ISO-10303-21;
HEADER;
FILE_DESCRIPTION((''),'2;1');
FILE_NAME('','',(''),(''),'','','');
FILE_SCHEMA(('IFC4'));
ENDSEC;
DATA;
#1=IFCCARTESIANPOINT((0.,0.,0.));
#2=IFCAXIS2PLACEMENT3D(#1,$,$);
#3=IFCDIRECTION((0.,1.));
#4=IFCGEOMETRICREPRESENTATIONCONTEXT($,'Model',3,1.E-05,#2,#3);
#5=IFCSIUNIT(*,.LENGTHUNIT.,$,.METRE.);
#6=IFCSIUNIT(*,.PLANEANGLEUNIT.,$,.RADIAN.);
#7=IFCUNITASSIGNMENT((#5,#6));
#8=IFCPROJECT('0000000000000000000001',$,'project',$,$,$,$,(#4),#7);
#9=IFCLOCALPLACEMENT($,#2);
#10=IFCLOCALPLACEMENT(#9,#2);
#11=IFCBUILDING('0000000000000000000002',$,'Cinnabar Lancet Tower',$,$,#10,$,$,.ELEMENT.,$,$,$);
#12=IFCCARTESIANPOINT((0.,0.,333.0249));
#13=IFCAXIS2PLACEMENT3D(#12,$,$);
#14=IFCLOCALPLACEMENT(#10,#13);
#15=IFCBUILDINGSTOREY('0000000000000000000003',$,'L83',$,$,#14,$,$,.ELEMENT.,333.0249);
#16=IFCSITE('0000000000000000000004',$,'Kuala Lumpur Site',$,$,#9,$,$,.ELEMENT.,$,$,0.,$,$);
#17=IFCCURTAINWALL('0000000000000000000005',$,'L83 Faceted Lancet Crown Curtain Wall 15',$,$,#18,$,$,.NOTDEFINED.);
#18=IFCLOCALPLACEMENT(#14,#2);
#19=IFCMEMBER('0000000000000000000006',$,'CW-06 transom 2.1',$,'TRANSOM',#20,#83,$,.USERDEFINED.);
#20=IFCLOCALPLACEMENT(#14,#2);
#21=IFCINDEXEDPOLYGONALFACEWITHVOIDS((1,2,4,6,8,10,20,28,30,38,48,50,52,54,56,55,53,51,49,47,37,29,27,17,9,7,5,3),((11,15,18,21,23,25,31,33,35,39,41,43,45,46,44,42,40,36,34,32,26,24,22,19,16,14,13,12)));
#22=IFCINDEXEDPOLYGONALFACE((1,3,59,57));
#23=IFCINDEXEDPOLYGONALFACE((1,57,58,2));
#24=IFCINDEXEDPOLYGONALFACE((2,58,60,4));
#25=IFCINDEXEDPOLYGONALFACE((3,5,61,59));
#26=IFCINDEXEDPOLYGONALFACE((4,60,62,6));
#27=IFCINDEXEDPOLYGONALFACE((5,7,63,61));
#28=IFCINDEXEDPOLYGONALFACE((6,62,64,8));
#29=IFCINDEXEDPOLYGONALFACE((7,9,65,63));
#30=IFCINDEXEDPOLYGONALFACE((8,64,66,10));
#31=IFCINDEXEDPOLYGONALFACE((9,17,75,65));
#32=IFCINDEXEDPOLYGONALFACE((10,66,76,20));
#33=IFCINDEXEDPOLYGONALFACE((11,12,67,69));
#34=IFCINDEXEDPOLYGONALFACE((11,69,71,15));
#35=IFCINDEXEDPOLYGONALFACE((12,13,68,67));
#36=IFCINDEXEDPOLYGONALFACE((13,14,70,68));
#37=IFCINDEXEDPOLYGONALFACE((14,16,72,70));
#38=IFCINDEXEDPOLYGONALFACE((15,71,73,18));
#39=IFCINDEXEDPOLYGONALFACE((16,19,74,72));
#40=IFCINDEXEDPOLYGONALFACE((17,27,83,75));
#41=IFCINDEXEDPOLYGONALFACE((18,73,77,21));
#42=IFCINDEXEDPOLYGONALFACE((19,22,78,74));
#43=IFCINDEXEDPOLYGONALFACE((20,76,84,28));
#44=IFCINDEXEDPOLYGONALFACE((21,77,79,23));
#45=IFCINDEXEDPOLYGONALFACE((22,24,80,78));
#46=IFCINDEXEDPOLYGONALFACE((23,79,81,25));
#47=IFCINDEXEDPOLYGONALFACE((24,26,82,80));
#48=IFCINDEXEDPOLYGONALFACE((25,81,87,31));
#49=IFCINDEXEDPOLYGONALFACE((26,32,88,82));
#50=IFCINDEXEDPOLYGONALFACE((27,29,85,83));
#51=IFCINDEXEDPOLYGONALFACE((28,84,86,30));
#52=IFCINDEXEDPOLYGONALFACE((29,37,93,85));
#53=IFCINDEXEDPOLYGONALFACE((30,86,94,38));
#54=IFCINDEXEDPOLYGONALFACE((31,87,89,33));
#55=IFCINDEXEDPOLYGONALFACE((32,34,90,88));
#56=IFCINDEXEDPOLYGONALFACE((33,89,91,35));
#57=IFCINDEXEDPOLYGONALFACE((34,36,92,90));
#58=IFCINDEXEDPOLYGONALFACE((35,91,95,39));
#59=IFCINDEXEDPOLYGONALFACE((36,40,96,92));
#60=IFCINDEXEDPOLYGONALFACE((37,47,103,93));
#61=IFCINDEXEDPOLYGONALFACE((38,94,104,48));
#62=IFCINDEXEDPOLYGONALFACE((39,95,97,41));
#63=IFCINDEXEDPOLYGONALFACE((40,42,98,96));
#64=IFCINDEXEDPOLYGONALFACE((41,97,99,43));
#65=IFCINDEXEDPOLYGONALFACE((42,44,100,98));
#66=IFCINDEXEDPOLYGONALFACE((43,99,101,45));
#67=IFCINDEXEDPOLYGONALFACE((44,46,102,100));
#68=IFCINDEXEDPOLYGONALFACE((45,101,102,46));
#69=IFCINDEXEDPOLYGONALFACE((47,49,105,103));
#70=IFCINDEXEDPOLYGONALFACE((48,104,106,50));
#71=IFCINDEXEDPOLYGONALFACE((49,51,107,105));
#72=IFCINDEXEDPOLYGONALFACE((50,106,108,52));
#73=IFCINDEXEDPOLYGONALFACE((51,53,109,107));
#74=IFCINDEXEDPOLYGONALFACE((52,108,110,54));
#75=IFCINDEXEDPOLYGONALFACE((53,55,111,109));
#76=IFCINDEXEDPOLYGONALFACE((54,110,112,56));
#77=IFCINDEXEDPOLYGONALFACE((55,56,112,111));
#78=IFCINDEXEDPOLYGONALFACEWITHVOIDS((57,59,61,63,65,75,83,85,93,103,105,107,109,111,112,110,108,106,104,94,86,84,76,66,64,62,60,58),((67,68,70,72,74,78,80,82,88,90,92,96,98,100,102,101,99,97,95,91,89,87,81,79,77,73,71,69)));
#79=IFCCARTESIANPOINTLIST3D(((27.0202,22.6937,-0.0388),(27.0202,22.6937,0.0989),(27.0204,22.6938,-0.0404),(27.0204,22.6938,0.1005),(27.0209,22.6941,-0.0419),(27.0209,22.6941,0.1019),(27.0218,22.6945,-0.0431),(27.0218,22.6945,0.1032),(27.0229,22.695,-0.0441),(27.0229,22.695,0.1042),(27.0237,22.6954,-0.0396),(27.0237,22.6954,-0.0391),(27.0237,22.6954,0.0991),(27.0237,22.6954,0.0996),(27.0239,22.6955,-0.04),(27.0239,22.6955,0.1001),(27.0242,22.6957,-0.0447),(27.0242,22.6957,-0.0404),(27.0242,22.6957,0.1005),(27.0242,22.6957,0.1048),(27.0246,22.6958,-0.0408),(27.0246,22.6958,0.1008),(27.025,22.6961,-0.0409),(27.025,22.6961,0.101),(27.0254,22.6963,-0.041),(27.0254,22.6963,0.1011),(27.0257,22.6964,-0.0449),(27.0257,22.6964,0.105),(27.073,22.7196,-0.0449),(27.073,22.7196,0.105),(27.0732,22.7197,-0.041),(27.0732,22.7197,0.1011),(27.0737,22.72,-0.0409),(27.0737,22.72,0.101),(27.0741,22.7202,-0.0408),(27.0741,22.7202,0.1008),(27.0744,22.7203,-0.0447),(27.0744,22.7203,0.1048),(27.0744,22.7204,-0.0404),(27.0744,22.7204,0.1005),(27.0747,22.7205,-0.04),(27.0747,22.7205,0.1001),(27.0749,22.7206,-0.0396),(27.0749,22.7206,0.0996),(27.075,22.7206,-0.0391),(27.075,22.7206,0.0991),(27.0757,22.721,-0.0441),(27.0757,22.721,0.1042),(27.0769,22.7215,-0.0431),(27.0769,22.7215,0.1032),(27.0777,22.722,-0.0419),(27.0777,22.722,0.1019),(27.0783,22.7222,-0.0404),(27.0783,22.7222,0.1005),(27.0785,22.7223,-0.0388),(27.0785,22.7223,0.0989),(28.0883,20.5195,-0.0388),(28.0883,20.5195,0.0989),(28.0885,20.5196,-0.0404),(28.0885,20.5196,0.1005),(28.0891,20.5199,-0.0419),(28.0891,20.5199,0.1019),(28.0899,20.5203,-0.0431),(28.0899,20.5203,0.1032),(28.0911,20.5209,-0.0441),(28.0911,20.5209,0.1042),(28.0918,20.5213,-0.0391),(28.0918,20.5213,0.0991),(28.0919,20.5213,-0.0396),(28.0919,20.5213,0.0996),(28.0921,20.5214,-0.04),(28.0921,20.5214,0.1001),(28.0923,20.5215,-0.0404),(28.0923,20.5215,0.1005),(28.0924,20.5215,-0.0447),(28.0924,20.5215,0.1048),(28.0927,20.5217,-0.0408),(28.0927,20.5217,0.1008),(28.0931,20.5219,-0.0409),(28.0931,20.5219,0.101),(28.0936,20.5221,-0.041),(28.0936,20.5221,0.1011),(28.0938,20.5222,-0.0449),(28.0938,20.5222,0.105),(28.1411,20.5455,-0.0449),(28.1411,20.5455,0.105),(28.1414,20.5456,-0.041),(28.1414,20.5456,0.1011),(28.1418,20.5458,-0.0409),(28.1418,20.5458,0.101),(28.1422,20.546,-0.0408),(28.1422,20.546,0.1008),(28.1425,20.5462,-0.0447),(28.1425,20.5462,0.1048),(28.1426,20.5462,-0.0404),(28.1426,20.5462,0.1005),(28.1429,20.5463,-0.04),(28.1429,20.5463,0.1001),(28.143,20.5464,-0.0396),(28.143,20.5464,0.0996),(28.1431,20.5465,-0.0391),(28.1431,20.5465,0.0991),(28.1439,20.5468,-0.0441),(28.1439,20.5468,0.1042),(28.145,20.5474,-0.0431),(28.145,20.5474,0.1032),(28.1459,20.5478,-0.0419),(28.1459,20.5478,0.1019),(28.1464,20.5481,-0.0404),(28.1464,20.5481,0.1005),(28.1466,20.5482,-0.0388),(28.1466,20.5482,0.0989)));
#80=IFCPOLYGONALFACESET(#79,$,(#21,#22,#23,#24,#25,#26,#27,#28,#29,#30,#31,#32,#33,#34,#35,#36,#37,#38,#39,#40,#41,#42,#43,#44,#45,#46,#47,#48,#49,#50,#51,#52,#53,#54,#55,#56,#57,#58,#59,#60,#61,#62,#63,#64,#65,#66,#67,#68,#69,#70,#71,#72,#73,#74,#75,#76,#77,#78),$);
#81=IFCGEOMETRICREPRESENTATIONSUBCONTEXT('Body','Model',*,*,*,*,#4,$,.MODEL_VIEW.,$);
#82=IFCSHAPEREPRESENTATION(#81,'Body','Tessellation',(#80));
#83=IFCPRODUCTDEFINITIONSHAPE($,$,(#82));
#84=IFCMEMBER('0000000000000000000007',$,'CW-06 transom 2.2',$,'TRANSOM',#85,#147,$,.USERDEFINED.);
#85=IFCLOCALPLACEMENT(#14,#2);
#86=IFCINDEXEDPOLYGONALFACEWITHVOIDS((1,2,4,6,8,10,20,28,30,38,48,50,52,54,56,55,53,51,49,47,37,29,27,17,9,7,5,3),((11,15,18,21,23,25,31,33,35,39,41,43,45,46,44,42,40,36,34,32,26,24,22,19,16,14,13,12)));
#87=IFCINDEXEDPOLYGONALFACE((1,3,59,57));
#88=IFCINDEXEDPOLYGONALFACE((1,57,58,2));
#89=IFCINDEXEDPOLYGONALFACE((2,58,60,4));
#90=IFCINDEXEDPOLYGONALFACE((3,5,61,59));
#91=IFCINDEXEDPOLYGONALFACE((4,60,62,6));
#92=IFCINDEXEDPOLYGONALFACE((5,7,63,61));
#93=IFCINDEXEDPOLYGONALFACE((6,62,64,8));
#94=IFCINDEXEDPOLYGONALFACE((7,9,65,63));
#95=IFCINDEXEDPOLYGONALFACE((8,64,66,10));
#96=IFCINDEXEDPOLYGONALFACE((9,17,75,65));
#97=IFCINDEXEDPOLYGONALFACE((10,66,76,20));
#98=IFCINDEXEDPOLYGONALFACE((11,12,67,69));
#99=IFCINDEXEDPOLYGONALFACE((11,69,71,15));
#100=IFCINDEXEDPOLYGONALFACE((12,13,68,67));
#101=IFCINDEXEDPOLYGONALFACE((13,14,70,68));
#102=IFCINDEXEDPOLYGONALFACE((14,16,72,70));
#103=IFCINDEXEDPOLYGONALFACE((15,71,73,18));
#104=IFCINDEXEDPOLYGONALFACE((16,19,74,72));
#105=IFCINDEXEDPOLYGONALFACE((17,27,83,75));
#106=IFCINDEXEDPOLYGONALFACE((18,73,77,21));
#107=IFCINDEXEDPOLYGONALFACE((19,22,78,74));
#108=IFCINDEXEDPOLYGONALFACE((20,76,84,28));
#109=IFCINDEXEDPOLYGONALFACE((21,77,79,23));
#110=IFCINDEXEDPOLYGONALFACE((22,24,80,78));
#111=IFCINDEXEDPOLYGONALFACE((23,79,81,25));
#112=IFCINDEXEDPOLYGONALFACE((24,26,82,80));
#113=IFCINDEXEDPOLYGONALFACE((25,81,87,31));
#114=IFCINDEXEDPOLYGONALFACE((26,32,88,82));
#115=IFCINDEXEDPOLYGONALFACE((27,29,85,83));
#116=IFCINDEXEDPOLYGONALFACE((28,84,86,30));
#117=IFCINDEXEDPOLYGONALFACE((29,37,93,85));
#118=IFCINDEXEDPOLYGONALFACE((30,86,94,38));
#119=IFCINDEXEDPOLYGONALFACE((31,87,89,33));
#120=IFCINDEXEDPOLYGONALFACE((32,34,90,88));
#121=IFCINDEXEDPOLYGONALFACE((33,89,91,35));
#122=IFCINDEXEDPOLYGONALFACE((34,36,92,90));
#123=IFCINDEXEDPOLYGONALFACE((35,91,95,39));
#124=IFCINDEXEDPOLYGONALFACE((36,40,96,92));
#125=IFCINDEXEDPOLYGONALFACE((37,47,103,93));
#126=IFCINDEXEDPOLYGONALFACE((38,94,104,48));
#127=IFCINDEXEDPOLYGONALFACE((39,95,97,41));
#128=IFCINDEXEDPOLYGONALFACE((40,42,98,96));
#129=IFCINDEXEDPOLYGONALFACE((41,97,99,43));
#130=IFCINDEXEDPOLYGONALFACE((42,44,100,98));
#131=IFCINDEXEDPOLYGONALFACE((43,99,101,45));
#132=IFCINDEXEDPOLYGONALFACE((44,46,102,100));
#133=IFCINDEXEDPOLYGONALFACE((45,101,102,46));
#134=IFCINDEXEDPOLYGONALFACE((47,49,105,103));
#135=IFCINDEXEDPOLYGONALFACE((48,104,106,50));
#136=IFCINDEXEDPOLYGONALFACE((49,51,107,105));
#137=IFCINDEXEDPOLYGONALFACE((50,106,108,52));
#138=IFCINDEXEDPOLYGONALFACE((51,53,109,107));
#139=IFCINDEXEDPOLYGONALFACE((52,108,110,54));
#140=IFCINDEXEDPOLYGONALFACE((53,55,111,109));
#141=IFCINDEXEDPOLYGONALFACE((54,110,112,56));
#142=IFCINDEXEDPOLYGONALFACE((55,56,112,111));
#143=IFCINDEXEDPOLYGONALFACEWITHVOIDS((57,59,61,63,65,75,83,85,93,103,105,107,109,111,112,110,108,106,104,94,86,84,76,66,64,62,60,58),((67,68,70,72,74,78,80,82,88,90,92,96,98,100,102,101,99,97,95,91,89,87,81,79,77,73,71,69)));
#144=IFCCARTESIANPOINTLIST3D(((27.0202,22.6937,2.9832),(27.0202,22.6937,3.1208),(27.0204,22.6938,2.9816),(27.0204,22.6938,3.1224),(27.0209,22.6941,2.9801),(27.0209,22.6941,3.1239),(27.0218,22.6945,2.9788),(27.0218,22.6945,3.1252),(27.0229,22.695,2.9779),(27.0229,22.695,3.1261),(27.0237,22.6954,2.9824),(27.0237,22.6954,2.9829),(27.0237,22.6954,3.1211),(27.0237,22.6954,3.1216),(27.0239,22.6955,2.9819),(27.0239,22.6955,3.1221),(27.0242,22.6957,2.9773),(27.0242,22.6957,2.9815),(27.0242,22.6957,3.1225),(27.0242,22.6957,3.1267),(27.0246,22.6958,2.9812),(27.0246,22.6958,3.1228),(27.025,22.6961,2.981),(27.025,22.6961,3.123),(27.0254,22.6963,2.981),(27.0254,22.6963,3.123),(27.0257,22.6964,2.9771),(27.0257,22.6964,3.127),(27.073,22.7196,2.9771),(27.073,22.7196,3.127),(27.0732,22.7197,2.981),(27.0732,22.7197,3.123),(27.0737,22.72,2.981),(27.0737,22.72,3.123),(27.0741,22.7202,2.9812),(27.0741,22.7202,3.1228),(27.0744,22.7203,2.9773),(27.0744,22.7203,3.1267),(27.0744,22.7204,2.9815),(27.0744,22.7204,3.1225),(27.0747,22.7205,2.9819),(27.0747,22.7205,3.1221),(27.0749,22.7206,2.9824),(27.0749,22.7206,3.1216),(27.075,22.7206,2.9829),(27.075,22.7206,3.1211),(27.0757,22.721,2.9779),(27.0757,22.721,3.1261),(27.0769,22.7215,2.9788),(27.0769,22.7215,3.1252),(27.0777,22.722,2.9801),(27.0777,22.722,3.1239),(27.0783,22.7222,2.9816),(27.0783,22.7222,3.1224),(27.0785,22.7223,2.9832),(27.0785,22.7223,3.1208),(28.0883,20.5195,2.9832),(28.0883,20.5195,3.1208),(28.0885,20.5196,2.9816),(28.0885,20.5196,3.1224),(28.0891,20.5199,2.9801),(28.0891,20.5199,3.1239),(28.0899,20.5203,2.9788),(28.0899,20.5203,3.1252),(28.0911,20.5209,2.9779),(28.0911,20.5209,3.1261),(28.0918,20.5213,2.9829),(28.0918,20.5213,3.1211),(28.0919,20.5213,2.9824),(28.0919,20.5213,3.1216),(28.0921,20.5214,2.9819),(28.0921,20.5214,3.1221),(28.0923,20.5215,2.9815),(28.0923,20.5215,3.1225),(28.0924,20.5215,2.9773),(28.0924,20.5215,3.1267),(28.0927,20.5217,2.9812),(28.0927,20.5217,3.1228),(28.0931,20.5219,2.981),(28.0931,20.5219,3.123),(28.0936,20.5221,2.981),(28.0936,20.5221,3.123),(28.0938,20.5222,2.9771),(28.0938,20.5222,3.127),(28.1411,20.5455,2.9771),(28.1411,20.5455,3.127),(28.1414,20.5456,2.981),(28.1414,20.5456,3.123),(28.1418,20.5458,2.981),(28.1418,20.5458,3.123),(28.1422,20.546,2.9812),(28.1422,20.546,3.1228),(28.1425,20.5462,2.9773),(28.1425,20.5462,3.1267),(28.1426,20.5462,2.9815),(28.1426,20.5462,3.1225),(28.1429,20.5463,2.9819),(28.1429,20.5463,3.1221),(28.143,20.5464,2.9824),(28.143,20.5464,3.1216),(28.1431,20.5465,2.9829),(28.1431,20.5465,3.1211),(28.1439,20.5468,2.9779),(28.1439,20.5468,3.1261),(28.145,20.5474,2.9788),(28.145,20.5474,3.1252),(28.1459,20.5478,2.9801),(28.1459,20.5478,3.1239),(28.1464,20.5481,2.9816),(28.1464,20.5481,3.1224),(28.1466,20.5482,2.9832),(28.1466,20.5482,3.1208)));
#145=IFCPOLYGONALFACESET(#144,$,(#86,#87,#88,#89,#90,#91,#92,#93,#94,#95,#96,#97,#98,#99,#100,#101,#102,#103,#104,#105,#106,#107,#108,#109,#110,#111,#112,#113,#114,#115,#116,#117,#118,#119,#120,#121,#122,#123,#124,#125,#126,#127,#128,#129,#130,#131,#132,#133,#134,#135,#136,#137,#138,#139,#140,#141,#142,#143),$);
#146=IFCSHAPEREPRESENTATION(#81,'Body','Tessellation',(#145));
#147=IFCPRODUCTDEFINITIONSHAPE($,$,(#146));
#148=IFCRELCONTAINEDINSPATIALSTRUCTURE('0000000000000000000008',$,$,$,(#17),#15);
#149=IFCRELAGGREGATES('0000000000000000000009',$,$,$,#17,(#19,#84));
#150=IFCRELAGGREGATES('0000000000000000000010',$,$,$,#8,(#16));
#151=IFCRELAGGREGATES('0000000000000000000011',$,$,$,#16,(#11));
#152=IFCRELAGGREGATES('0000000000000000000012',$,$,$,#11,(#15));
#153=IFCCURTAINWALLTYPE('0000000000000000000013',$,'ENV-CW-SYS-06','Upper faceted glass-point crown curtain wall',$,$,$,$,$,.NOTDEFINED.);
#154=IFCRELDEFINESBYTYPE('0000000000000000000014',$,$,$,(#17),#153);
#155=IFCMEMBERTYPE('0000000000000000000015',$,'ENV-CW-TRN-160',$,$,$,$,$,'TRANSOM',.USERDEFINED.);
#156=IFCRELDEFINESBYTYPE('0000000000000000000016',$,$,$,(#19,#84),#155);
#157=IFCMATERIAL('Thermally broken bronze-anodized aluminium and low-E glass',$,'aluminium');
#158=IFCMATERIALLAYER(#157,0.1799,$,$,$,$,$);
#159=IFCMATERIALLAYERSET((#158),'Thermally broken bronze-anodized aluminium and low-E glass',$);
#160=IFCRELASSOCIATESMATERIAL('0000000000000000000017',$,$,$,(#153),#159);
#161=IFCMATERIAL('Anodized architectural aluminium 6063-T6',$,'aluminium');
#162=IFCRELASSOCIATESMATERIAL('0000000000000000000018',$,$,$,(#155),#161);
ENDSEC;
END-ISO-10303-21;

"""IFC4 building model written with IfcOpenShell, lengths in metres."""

from ifc_helpers import new_model, si_unit, direction, frame, origin, origin_2d, place, context, subcontext, project, spatial, hollow_rectangle, extrude, material, layer, layer_set, material_profile, profile_set, type_object, element, aggregate, save


model = new_model("IFC4")

# Units and contexts
model_context = context("Model", 3, precision=1e-05, world=origin(), true_north=direction((0.0, 1.0)))
body_context = subcontext(model_context, "Body", "Model", "MODEL_VIEW")
ifc_project = project(units=[si_unit("LENGTHUNIT", "METRE"), si_unit("PLANEANGLEUNIT", "RADIAN")], contexts=[model_context])

# Site, building, storey
site_placement = place(None, origin())
site = spatial("IfcSite", under=ifc_project, at=site_placement, Name="Kuala Lumpur Site", CompositionType="ELEMENT", RefElevation=0.0)
building_placement = place(site_placement, origin())
building = spatial("IfcBuilding", under=site, at=building_placement, Name="Cinnabar Lancet Tower", CompositionType="ELEMENT")
storey_placement = place(building_placement, frame((0.0, 0.0, 333.0249)))
storey = spatial("IfcBuildingStorey", under=building, at=storey_placement, Name="L83", CompositionType="ELEMENT", Elevation=333.0249)

# Curtain wall
ifc_material_1 = material(Name="Thermally broken bronze-anodized aluminium and low-E glass", Category="aluminium")
ifc_layer_1 = layer(ifc_material_1, 0.1799)
ifc_layer_set_1 = layer_set([ifc_layer_1], Name="Thermally broken bronze-anodized aluminium and low-E glass")
curtain_wall_type = type_object("IfcCurtainWallType", Name="ENV-CW-SYS-06", Description="Upper faceted glass-point crown curtain wall", PredefinedType="NOTDEFINED", material=ifc_layer_set_1)
curtain_wall_1_placement = place(storey_placement, origin())
curtain_wall_1 = element("IfcCurtainWall", 1, at=curtain_wall_1_placement, inside=storey, type_object=curtain_wall_type, Name="L83 Faceted Lancet Crown Curtain Wall 15", PredefinedType="NOTDEFINED")

# Members
ifc_material_2 = material(Name="Anodized architectural aluminium 6063-T6", Category="aluminium")
ifc_material_profile_1 = material_profile(ifc_material_2, hollow_rectangle(XDim=0.0649, YDim=0.1499, WallThickness=0.0039, InnerFilletRadius=0.002, OuterFilletRadius=0.0061, at=origin_2d()), Name="CW-TRN 150x65x4")
ifc_profile_set_1 = profile_set([ifc_material_profile_1], Name="Anodized architectural aluminium 6063-T6")
member_type_1 = type_object("IfcMemberType", Name="ENV-CW-TRN-160", ElementType="TRANSOM", PredefinedType="USERDEFINED", material=ifc_profile_set_1)
member_1_placement = place(storey_placement, frame((27.0493, 22.708, 0.03), z_axis=(0.440954, -0.89753, 0.0), x_axis=(0.89753, 0.440954, 0.0)))
member_1 = element("IfcMember", 2, at=member_1_placement, type_object=member_type_1, Name="CW-06 transom 2.1", ObjectType="TRANSOM", PredefinedType="USERDEFINED", context=body_context, shape_type="SweptSolid", body=[
    extrude(hollow_rectangle(XDim=0.0649, YDim=0.1499, WallThickness=0.0039, InnerFilletRadius=0.002, OuterFilletRadius=0.0061, at=origin_2d()), origin(), (0.0, 0.0, 1.0), 2.4224),
])
member_2_placement = place(storey_placement, frame((27.0493, 22.708, 3.052), z_axis=(0.440954, -0.89753, 0.0), x_axis=(0.89753, 0.440954, 0.0)))
member_2 = element("IfcMember", 3, at=member_2_placement, type_object=member_type_1, Name="CW-06 transom 2.2", ObjectType="TRANSOM", PredefinedType="USERDEFINED", context=body_context, shape_type="SweptSolid", body=[
    extrude(hollow_rectangle(XDim=0.0649, YDim=0.1499, WallThickness=0.0039, InnerFilletRadius=0.002, OuterFilletRadius=0.0061, at=origin_2d()), origin(), (0.0, 0.0, 1.0), 2.4224),
])

aggregate(curtain_wall_1, [member_1, member_2])

save(model, "model.ifc")
